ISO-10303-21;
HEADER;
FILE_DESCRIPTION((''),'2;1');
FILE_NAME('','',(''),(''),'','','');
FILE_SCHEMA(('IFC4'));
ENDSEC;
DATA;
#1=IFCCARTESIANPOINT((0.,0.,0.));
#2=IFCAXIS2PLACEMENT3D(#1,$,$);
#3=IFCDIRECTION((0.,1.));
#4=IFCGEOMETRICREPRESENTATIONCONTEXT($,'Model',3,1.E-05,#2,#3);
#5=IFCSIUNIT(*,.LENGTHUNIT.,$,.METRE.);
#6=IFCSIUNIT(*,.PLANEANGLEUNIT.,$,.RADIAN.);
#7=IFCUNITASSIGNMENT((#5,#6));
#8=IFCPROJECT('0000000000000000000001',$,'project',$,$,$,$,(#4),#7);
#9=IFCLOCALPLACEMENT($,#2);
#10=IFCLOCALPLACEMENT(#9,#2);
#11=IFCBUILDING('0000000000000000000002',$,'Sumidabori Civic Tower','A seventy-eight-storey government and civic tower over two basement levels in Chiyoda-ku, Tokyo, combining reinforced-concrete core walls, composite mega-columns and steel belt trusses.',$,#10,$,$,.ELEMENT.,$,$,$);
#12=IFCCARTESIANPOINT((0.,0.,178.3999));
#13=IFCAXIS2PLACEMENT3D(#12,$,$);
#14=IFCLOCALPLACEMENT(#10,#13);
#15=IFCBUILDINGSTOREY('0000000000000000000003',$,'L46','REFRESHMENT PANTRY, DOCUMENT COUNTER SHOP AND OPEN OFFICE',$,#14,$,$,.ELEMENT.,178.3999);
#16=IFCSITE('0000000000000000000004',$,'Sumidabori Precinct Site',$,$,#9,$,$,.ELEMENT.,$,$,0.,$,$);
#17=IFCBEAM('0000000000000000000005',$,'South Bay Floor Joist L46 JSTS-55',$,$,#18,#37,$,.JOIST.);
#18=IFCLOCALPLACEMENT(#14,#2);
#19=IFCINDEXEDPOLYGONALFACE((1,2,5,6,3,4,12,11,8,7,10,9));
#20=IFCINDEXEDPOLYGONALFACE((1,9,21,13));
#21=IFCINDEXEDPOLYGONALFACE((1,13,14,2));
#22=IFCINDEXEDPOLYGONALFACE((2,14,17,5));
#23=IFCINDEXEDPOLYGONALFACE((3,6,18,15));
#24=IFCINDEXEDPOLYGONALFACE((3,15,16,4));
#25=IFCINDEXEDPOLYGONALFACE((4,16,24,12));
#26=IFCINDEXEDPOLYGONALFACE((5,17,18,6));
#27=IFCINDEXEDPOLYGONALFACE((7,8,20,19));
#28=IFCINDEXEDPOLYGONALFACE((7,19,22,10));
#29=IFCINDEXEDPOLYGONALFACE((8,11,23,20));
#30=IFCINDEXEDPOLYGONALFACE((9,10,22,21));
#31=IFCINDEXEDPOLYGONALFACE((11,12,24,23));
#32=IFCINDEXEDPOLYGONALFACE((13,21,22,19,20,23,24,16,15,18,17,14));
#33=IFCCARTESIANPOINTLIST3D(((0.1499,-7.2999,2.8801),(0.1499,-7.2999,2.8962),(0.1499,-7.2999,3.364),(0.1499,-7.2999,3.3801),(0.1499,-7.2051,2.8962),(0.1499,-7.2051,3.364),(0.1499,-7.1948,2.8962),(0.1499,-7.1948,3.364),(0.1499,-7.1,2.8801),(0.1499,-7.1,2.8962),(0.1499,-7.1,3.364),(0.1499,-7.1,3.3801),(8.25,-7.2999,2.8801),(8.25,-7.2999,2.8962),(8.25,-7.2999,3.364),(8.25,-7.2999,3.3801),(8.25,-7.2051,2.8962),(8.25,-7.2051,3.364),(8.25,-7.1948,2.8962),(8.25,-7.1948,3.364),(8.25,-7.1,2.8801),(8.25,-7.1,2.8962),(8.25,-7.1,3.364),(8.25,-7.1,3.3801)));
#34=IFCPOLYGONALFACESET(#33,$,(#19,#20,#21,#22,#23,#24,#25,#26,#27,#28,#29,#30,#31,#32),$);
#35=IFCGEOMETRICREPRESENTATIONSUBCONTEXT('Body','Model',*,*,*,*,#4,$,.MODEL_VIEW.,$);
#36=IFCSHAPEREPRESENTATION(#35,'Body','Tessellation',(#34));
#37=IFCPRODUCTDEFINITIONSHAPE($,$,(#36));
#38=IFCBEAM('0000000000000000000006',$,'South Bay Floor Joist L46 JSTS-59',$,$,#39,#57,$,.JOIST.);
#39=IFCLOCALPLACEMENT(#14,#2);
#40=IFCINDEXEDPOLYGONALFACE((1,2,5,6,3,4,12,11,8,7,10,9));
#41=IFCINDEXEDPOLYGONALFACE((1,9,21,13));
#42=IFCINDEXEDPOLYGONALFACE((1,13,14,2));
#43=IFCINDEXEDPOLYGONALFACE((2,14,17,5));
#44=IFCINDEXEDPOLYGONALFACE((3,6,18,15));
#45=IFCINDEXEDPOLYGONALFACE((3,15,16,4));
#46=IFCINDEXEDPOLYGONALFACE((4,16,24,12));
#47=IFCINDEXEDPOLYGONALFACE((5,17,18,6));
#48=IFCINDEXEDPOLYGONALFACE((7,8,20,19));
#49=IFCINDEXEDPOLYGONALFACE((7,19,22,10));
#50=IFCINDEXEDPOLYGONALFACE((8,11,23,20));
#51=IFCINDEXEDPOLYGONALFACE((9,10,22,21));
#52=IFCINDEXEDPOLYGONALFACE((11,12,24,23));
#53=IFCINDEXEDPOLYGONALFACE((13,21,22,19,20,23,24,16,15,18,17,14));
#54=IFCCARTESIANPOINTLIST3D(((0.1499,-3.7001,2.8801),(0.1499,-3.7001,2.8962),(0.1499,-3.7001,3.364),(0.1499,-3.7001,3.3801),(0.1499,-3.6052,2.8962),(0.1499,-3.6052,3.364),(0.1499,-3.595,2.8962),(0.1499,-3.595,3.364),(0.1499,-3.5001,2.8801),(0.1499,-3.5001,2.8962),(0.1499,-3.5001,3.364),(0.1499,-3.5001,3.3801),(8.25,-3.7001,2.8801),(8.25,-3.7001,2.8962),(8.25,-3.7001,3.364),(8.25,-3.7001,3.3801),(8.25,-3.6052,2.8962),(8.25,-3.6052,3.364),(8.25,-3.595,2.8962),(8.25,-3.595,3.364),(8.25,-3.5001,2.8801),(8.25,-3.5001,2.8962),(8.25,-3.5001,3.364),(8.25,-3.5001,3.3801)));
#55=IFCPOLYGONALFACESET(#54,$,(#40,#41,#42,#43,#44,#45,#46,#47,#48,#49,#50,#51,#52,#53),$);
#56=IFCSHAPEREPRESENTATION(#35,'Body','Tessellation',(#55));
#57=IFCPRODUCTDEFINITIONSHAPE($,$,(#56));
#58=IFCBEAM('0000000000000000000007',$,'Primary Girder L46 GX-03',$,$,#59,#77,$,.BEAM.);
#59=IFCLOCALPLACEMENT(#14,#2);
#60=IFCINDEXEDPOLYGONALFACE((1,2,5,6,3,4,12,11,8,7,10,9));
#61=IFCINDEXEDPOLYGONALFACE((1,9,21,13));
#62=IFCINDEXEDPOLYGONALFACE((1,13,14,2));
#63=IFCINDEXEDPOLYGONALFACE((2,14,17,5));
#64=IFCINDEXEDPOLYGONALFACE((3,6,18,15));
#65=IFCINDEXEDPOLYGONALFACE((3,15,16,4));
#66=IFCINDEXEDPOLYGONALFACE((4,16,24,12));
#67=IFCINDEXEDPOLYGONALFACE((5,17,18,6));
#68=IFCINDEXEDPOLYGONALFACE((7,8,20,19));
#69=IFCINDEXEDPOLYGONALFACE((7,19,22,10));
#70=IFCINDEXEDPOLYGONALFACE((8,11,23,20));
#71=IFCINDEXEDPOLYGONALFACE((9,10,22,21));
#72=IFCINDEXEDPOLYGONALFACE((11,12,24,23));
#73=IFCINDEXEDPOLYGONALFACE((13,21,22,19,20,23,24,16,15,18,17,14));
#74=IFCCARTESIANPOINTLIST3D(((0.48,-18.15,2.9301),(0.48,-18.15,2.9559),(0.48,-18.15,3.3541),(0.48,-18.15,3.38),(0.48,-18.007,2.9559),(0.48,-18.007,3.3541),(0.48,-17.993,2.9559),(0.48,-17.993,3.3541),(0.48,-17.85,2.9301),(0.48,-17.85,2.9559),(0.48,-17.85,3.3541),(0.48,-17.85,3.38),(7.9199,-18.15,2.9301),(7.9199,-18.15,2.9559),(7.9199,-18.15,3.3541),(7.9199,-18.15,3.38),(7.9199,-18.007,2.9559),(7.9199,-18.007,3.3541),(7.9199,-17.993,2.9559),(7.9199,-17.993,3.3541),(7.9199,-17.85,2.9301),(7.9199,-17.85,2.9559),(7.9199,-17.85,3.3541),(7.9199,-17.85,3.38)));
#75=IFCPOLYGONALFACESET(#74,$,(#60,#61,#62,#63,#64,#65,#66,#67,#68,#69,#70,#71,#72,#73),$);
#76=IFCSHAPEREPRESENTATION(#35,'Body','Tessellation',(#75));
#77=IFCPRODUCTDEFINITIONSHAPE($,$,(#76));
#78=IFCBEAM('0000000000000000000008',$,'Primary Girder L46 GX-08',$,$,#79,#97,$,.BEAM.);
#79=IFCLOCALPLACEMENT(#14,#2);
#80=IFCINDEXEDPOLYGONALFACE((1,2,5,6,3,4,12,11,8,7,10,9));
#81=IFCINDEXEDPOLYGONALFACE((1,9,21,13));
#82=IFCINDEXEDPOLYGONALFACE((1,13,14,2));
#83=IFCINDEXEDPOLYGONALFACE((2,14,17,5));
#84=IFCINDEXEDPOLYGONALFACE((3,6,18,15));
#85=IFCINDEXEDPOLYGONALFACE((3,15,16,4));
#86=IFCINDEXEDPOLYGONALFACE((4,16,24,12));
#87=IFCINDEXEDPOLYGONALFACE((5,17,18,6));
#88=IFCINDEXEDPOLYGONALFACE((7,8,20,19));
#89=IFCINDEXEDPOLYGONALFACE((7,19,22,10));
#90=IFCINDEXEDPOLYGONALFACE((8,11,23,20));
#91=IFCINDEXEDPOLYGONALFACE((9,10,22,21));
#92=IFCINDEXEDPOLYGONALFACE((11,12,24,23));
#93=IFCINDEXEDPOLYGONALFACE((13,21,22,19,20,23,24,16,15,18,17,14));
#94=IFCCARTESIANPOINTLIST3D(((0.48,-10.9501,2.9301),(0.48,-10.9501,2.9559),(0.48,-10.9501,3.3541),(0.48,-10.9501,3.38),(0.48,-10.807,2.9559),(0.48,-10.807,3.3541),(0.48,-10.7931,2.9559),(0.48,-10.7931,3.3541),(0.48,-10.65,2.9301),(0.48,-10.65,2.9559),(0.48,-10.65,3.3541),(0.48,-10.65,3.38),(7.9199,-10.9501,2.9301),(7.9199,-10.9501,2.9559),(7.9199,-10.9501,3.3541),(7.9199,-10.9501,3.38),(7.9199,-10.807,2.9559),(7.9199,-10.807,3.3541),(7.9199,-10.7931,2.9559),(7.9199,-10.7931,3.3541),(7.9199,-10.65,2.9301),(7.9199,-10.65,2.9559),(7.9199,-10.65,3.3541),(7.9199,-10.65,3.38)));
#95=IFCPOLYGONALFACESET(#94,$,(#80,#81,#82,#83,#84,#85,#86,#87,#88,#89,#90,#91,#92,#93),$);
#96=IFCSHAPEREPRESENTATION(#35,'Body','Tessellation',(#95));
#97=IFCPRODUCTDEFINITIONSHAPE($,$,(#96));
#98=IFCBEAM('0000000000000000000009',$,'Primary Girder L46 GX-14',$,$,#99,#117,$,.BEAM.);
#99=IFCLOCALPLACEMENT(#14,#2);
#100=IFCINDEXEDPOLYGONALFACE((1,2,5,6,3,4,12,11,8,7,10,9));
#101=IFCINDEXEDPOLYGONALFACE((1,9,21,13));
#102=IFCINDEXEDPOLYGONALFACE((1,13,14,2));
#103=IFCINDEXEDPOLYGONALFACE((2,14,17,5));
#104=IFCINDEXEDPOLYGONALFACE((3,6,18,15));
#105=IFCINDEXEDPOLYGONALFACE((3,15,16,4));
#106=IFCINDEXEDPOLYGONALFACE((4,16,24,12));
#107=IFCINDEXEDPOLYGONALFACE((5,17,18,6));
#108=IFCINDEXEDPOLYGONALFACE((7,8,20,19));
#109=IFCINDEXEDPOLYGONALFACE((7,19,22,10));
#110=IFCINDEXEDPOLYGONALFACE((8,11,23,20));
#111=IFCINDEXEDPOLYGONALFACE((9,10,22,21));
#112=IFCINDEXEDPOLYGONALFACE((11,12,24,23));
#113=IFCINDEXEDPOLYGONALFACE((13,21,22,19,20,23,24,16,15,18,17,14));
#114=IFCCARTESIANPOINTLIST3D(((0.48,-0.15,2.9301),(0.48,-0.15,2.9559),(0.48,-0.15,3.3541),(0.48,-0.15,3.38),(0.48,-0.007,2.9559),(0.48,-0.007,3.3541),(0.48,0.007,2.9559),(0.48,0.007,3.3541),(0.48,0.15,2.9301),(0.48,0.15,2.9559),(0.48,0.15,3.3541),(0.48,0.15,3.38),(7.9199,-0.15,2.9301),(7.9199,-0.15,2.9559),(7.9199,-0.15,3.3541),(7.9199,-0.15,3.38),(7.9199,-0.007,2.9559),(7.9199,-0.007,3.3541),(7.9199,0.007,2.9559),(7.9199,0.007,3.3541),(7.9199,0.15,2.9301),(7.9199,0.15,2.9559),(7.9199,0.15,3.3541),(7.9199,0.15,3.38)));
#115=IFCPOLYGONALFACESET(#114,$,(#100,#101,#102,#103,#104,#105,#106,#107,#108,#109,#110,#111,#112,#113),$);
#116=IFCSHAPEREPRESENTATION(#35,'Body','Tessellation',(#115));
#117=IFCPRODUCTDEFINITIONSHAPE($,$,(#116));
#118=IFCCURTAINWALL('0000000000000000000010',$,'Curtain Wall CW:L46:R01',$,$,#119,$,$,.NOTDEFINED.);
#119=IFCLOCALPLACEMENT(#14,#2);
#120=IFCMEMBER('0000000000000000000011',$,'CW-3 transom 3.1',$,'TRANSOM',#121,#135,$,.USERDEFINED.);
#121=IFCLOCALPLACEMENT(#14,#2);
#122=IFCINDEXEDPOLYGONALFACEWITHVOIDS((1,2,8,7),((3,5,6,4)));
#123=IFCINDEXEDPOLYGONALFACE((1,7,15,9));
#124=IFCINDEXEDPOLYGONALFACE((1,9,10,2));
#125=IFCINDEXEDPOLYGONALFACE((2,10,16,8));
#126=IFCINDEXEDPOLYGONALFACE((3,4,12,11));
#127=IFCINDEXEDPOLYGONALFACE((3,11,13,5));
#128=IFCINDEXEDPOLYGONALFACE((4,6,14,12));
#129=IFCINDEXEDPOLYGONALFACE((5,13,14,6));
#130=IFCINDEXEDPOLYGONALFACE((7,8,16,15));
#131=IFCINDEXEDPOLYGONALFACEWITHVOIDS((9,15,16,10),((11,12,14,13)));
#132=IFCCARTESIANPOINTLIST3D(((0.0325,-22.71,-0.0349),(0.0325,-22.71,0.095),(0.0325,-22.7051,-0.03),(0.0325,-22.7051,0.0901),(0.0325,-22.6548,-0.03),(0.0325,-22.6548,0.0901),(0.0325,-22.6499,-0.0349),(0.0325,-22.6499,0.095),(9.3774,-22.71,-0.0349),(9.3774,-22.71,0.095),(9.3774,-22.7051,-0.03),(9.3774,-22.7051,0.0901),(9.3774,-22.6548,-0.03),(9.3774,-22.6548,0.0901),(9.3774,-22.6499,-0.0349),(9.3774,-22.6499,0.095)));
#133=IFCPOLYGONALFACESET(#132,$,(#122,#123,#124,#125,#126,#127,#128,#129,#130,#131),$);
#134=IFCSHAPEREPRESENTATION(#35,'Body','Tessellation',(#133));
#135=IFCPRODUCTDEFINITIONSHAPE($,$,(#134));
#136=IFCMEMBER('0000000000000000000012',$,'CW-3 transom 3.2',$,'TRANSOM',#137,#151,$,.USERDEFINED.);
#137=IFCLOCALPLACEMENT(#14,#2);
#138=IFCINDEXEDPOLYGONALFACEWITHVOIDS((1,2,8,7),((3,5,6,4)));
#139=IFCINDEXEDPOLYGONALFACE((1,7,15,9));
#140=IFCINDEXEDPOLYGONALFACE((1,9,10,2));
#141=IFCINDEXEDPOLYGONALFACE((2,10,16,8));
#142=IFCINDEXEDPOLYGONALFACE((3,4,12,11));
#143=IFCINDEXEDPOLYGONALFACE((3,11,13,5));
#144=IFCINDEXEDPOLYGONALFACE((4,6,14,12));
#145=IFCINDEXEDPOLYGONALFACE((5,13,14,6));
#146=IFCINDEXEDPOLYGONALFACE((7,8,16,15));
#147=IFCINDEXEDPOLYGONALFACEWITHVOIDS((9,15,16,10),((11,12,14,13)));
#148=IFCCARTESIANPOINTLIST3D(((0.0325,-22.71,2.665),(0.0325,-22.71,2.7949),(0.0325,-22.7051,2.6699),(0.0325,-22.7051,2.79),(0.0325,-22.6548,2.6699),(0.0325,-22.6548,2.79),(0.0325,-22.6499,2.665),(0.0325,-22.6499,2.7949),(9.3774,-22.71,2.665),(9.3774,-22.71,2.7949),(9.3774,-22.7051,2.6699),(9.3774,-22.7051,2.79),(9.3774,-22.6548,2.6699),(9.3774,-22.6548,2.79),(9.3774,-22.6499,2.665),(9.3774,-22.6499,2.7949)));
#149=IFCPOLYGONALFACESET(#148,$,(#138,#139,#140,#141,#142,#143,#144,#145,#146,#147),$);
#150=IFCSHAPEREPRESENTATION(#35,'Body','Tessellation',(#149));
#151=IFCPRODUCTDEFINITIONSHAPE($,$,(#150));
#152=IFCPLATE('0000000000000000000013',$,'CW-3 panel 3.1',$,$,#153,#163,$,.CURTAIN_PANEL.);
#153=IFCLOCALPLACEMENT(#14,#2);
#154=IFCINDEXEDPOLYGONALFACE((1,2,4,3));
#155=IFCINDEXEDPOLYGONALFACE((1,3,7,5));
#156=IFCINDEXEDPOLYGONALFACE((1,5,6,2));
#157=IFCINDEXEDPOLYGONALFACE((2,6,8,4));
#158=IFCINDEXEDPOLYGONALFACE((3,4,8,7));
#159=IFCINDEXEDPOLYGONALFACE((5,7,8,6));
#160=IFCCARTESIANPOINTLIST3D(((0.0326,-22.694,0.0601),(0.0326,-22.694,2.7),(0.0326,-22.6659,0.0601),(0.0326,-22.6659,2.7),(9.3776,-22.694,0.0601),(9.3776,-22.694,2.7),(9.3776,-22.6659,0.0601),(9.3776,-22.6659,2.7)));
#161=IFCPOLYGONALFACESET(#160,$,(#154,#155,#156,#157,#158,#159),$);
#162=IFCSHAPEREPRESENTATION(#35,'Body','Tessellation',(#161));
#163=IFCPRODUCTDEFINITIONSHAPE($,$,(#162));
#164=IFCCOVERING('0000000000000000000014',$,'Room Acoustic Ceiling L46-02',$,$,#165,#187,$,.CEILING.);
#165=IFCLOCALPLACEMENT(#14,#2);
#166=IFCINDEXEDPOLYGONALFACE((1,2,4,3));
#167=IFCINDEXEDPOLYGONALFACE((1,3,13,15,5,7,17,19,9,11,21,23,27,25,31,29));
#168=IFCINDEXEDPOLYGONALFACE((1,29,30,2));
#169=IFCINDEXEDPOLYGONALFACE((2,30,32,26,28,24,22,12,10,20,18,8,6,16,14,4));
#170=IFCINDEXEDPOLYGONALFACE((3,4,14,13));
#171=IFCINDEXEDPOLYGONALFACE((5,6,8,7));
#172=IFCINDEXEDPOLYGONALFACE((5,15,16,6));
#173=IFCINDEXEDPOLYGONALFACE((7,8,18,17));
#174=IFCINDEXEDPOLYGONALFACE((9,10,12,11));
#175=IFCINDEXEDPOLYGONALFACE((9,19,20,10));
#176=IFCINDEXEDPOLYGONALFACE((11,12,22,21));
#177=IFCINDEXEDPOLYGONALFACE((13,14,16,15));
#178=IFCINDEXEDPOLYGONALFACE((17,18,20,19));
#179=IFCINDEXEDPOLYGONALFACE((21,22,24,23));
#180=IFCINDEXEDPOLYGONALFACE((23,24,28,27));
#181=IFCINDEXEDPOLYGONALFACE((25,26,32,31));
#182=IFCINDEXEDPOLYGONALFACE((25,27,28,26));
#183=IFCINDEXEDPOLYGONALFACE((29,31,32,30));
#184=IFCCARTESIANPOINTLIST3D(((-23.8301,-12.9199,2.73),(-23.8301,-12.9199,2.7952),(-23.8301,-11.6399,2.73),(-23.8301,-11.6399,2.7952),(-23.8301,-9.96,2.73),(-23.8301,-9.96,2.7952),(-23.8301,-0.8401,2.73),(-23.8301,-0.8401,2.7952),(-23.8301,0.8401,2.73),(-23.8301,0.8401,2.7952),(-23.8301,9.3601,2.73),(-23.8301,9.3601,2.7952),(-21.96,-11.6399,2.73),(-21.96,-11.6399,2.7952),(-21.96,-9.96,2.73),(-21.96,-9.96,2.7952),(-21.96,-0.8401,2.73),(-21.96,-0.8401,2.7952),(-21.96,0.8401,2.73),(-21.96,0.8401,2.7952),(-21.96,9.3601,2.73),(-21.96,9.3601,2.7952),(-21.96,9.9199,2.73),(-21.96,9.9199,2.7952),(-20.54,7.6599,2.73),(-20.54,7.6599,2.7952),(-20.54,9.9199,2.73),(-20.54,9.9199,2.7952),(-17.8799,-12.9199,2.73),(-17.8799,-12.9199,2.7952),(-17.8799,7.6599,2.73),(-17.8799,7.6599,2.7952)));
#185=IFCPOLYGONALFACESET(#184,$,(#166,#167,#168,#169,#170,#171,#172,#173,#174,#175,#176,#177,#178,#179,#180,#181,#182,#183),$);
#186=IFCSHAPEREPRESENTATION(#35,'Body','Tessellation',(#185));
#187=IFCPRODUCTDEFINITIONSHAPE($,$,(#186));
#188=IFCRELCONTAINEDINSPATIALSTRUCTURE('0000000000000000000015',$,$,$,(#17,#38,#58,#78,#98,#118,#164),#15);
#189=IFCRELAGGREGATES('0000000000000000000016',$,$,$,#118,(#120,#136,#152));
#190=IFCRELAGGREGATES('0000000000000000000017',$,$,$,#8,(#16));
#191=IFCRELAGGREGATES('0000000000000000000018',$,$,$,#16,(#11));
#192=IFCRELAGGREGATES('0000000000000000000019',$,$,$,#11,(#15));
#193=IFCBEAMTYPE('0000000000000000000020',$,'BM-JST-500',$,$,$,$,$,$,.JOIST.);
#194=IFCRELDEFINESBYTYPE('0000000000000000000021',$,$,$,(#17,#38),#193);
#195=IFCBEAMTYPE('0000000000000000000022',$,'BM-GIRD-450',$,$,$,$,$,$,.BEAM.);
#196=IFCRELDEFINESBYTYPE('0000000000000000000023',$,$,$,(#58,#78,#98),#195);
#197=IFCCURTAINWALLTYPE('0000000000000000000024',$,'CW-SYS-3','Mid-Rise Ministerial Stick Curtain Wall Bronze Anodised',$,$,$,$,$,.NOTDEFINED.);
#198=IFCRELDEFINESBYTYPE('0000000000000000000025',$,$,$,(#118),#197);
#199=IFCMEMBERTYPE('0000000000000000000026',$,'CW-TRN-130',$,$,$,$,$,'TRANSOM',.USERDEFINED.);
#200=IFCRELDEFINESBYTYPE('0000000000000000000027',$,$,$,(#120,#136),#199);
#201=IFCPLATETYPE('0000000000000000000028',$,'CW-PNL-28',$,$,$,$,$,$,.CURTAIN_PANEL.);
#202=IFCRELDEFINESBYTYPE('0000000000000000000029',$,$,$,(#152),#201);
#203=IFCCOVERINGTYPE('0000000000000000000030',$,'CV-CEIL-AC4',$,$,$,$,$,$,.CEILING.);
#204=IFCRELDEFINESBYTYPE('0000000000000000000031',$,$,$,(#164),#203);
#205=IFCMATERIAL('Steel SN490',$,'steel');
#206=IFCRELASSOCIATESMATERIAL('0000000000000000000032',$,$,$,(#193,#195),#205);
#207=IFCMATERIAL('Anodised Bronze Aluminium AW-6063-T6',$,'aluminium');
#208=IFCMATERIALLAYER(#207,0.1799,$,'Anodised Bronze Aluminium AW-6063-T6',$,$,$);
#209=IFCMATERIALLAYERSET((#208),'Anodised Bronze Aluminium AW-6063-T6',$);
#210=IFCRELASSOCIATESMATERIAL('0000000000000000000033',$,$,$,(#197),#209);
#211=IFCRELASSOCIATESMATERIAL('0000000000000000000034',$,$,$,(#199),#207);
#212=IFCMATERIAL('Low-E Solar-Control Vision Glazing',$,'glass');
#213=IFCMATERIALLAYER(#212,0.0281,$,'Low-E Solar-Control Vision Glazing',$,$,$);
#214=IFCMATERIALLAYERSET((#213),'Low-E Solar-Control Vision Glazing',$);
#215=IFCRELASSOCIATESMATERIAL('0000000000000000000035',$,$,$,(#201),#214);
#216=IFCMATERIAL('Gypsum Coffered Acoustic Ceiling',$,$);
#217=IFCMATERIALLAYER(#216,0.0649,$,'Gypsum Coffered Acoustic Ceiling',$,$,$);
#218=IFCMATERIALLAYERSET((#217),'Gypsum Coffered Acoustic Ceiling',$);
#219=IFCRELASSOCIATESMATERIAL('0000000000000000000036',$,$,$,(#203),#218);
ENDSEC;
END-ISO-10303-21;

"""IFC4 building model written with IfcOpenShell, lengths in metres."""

from ifc_helpers import new_model, si_unit, direction, frame, origin, origin_2d, place, context, subcontext, project, spatial, polyline, rectangle, hollow_rectangle, i_section, outline, extrude, source, transform, mapped, material, layer, layer_set, material_profile, profile_set, type_object, element, aggregate, save


model = new_model("IFC4")

# Units and contexts
model_context = context("Model", 3, precision=1e-05, world=origin(), true_north=direction((0.0, 1.0)))
body_context = subcontext(model_context, "Body", "Model", "MODEL_VIEW")
ifc_project = project(units=[si_unit("LENGTHUNIT", "METRE"), si_unit("PLANEANGLEUNIT", "RADIAN")], contexts=[model_context])

# Site, building, storey
site_placement = place(None, origin())
site = spatial("IfcSite", under=ifc_project, at=site_placement, Name="Sumidabori Precinct Site", CompositionType="ELEMENT", RefElevation=0.0)
building_placement = place(site_placement, origin())
building = spatial("IfcBuilding", under=site, at=building_placement, Name="Sumidabori Civic Tower", Description="A seventy-eight-storey government and civic tower over two basement levels in Chiyoda-ku, Tokyo, combining reinforced-concrete core walls, composite mega-columns and steel belt trusses.", CompositionType="ELEMENT")
storey_placement = place(building_placement, frame((0.0, 0.0, 178.3999)))
storey = spatial("IfcBuildingStorey", under=building, at=storey_placement, Name="L46", Description="REFRESHMENT PANTRY, DOCUMENT COUNTER SHOP AND OPEN OFFICE", CompositionType="ELEMENT", Elevation=178.3999)

# Beams
ifc_material_1 = material(Name="Steel SN490", Category="steel")
ifc_material_profile_1 = material_profile(ifc_material_1, i_section(OverallWidth=0.2, OverallDepth=0.5, WebThickness=0.0103, FlangeThickness=0.0161, at=origin_2d()), Name="IPE 500")
ifc_profile_set_1 = profile_set([ifc_material_profile_1], Name="Steel SN490")
beam_type_1 = type_object("IfcBeamType", Name="BM-JST-500", PredefinedType="JOIST", material=ifc_profile_set_1)
shared_shape_1 = source(origin(), body_context, "Body", "SweptSolid", [
    extrude(i_section(OverallWidth=0.2, OverallDepth=0.5, WebThickness=0.0103, FlangeThickness=0.0161, at=origin_2d()), origin(), (0.0, 0.0, 1.0), 8.1001),
])
for number, where, z_axis, x_axis, name in (
    (1, (0.1499, -7.2, 3.1301), (1.0, 0.0, 0.0), (0.0, 1.0, 0.0), "South Bay Floor Joist L46 JSTS-55"),
    (2, (0.1499, -3.6001, 3.1301), (1.0, 0.0, 0.0), (0.0, 1.0, 0.0), "South Bay Floor Joist L46 JSTS-59"),
):
    element("IfcBeam", number, at=place(storey_placement, frame(where, z_axis=z_axis, x_axis=x_axis)), inside=storey, type_object=beam_type_1, Name=name, PredefinedType="JOIST", context=body_context, shape_type="MappedRepresentation", body=[
        mapped(shared_shape_1, transform((0.0, 0.0, 0.0), x_axis=(1.0, 0.0, 0.0), y_axis=(0.0, 1.0, 0.0), z_axis=(0.0, 0.0, 1.0), scale=1.0)),
    ])
ifc_material_profile_2 = material_profile(ifc_material_1, i_section(OverallWidth=0.3, OverallDepth=0.45, WebThickness=0.0139, FlangeThickness=0.0259, at=origin_2d()), Name="HE 450 B")
ifc_profile_set_2 = profile_set([ifc_material_profile_2], Name="Steel SN490")
beam_type_2 = type_object("IfcBeamType", Name="BM-GIRD-450", PredefinedType="BEAM", material=ifc_profile_set_2)
shared_shape_2 = source(origin(), body_context, "Body", "SweptSolid", [
    extrude(i_section(OverallWidth=0.3, OverallDepth=0.45, WebThickness=0.0139, FlangeThickness=0.0259, at=origin_2d()), origin(), (0.0, 0.0, 1.0), 7.4399),
])
for number, where, z_axis, x_axis, name in (
    (3, (0.48, -18.0, 3.155), (1.0, 0.0, 0.0), (0.0, 1.0, 0.0), "Primary Girder L46 GX-03"),
    (4, (0.48, -10.8, 3.155), (1.0, 0.0, 0.0), (0.0, 1.0, 0.0), "Primary Girder L46 GX-08"),
    (5, (0.48, 0.0, 3.155), (1.0, 0.0, 0.0), (0.0, 1.0, 0.0), "Primary Girder L46 GX-14"),
):
    element("IfcBeam", number, at=place(storey_placement, frame(where, z_axis=z_axis, x_axis=x_axis)), inside=storey, type_object=beam_type_2, Name=name, PredefinedType="BEAM", context=body_context, shape_type="MappedRepresentation", body=[
        mapped(shared_shape_2, transform((0.0, 0.0, 0.0), x_axis=(1.0, 0.0, 0.0), y_axis=(0.0, 1.0, 0.0), z_axis=(0.0, 0.0, 1.0), scale=1.0)),
    ])

# Curtain wall, members, plate
ifc_material_2 = material(Name="Anodised Bronze Aluminium AW-6063-T6", Category="aluminium")
ifc_layer_1 = layer(ifc_material_2, 0.1799, Name="Anodised Bronze Aluminium AW-6063-T6")
ifc_layer_set_1 = layer_set([ifc_layer_1], Name="Anodised Bronze Aluminium AW-6063-T6")
curtain_wall_type = type_object("IfcCurtainWallType", Name="CW-SYS-3", Description="Mid-Rise Ministerial Stick Curtain Wall Bronze Anodised", PredefinedType="NOTDEFINED", material=ifc_layer_set_1)
curtain_wall_placement = place(storey_placement, origin())
curtain_wall = element("IfcCurtainWall", 6, at=curtain_wall_placement, inside=storey, type_object=curtain_wall_type, Name="Curtain Wall CW:L46:R01", PredefinedType="NOTDEFINED")
ifc_material_profile_3 = material_profile(ifc_material_2, hollow_rectangle(XDim=0.0601, YDim=0.1299, WallThickness=0.0049, at=origin_2d()), Name="ALU TRANSOM 130x60")
ifc_profile_set_3 = profile_set([ifc_material_profile_3], Name="Anodised Bronze Aluminium AW-6063-T6")
member_type = type_object("IfcMemberType", Name="CW-TRN-130", ElementType="TRANSOM", PredefinedType="USERDEFINED", material=ifc_profile_set_3)
shared_shape_3 = source(origin(), body_context, "Body", "SweptSolid", [
    extrude(hollow_rectangle(XDim=0.0601, YDim=0.1299, WallThickness=0.0049, at=origin_2d()), origin(), (0.0, 0.0, 1.0), 9.345),
])
member_1_placement = place(storey_placement, frame((0.0325, -22.6799, 0.03), z_axis=(1.0, 0.0, 0.0), x_axis=(0.0, 1.0, 0.0)))
member_1 = element("IfcMember", 7, at=member_1_placement, type_object=member_type, Name="CW-3 transom 3.1", ObjectType="TRANSOM", PredefinedType="USERDEFINED", context=body_context, shape_type="MappedRepresentation", body=[
    mapped(shared_shape_3, transform((0.0, 0.0, 0.0), x_axis=(1.0, 0.0, 0.0), y_axis=(0.0, 1.0, 0.0), z_axis=(0.0, 0.0, 1.0), scale=1.0)),
])
member_2_placement = place(storey_placement, frame((0.0325, -22.6799, 2.73), z_axis=(1.0, 0.0, 0.0), x_axis=(0.0, 1.0, 0.0)))
member_2 = element("IfcMember", 8, at=member_2_placement, type_object=member_type, Name="CW-3 transom 3.2", ObjectType="TRANSOM", PredefinedType="USERDEFINED", context=body_context, shape_type="MappedRepresentation", body=[
    mapped(shared_shape_3, transform((0.0, 0.0, 0.0), x_axis=(1.0, 0.0, 0.0), y_axis=(0.0, 1.0, 0.0), z_axis=(0.0, 0.0, 1.0), scale=1.0)),
])
ifc_material_3 = material(Name="Low-E Solar-Control Vision Glazing", Category="glass")
ifc_layer_2 = layer(ifc_material_3, 0.0281, Name="Low-E Solar-Control Vision Glazing")
ifc_layer_set_2 = layer_set([ifc_layer_2], Name="Low-E Solar-Control Vision Glazing")
plate_type = type_object("IfcPlateType", Name="CW-PNL-28", PredefinedType="CURTAIN_PANEL", material=ifc_layer_set_2)
shared_shape_4 = source(origin(), body_context, "Body", "SweptSolid", [
    extrude(rectangle(XDim=9.345, YDim=0.0281, at=origin_2d()), origin(), (0.0, 0.0, 1.0), 2.6399),
])
plate_placement = place(storey_placement, frame((4.7051, -22.6799, 0.0601), z_axis=(0.0, 0.0, 1.0), x_axis=(1.0, 0.0, 0.0)))
plate = element("IfcPlate", 9, at=plate_placement, type_object=plate_type, Name="CW-3 panel 3.1", PredefinedType="CURTAIN_PANEL", context=body_context, shape_type="MappedRepresentation", body=[
    mapped(shared_shape_4, transform((0.0, 0.0, 0.0), x_axis=(1.0, 0.0, 0.0), y_axis=(0.0, 1.0, 0.0), z_axis=(0.0, 0.0, 1.0), scale=1.0)),
])
aggregate(curtain_wall, [member_1, member_2, plate])

# Covering
ifc_material_4 = material(Name="Gypsum Coffered Acoustic Ceiling")
ifc_layer_3 = layer(ifc_material_4, 0.0649, Name="Gypsum Coffered Acoustic Ceiling")
ifc_layer_set_3 = layer_set([ifc_layer_3], Name="Gypsum Coffered Acoustic Ceiling")
covering_type_1 = type_object("IfcCoveringType", Name="CV-CEIL-AC4", PredefinedType="CEILING", material=ifc_layer_set_3)
covering_1_placement = place(storey_placement, frame((0.0, 0.0, 2.73)))
element("IfcCovering", 10, at=covering_1_placement, inside=storey, type_object=covering_type_1, Name="Room Acoustic Ceiling L46-02", PredefinedType="CEILING", context=body_context, shape_type="SweptSolid", body=[
    extrude(outline(polyline([(-23.8301, -0.8401), (-21.96, -0.8401), (-21.96, 0.8401), (-23.8301, 0.8401), (-23.8301, 9.3601), (-21.96, 9.3601), (-21.96, 9.9199), (-20.54, 9.9199), (-20.54, 7.6599), (-17.8799, 7.6599), (-17.8799, -12.9199), (-23.8301, -12.9199), (-23.8301, -11.6399), (-21.96, -11.6399), (-21.96, -9.96), (-23.8301, -9.96), (-23.8301, -0.8401)])), origin(), (0.0, 0.0, 1.0), 0.0652),
])

save(model, "model.ifc")
